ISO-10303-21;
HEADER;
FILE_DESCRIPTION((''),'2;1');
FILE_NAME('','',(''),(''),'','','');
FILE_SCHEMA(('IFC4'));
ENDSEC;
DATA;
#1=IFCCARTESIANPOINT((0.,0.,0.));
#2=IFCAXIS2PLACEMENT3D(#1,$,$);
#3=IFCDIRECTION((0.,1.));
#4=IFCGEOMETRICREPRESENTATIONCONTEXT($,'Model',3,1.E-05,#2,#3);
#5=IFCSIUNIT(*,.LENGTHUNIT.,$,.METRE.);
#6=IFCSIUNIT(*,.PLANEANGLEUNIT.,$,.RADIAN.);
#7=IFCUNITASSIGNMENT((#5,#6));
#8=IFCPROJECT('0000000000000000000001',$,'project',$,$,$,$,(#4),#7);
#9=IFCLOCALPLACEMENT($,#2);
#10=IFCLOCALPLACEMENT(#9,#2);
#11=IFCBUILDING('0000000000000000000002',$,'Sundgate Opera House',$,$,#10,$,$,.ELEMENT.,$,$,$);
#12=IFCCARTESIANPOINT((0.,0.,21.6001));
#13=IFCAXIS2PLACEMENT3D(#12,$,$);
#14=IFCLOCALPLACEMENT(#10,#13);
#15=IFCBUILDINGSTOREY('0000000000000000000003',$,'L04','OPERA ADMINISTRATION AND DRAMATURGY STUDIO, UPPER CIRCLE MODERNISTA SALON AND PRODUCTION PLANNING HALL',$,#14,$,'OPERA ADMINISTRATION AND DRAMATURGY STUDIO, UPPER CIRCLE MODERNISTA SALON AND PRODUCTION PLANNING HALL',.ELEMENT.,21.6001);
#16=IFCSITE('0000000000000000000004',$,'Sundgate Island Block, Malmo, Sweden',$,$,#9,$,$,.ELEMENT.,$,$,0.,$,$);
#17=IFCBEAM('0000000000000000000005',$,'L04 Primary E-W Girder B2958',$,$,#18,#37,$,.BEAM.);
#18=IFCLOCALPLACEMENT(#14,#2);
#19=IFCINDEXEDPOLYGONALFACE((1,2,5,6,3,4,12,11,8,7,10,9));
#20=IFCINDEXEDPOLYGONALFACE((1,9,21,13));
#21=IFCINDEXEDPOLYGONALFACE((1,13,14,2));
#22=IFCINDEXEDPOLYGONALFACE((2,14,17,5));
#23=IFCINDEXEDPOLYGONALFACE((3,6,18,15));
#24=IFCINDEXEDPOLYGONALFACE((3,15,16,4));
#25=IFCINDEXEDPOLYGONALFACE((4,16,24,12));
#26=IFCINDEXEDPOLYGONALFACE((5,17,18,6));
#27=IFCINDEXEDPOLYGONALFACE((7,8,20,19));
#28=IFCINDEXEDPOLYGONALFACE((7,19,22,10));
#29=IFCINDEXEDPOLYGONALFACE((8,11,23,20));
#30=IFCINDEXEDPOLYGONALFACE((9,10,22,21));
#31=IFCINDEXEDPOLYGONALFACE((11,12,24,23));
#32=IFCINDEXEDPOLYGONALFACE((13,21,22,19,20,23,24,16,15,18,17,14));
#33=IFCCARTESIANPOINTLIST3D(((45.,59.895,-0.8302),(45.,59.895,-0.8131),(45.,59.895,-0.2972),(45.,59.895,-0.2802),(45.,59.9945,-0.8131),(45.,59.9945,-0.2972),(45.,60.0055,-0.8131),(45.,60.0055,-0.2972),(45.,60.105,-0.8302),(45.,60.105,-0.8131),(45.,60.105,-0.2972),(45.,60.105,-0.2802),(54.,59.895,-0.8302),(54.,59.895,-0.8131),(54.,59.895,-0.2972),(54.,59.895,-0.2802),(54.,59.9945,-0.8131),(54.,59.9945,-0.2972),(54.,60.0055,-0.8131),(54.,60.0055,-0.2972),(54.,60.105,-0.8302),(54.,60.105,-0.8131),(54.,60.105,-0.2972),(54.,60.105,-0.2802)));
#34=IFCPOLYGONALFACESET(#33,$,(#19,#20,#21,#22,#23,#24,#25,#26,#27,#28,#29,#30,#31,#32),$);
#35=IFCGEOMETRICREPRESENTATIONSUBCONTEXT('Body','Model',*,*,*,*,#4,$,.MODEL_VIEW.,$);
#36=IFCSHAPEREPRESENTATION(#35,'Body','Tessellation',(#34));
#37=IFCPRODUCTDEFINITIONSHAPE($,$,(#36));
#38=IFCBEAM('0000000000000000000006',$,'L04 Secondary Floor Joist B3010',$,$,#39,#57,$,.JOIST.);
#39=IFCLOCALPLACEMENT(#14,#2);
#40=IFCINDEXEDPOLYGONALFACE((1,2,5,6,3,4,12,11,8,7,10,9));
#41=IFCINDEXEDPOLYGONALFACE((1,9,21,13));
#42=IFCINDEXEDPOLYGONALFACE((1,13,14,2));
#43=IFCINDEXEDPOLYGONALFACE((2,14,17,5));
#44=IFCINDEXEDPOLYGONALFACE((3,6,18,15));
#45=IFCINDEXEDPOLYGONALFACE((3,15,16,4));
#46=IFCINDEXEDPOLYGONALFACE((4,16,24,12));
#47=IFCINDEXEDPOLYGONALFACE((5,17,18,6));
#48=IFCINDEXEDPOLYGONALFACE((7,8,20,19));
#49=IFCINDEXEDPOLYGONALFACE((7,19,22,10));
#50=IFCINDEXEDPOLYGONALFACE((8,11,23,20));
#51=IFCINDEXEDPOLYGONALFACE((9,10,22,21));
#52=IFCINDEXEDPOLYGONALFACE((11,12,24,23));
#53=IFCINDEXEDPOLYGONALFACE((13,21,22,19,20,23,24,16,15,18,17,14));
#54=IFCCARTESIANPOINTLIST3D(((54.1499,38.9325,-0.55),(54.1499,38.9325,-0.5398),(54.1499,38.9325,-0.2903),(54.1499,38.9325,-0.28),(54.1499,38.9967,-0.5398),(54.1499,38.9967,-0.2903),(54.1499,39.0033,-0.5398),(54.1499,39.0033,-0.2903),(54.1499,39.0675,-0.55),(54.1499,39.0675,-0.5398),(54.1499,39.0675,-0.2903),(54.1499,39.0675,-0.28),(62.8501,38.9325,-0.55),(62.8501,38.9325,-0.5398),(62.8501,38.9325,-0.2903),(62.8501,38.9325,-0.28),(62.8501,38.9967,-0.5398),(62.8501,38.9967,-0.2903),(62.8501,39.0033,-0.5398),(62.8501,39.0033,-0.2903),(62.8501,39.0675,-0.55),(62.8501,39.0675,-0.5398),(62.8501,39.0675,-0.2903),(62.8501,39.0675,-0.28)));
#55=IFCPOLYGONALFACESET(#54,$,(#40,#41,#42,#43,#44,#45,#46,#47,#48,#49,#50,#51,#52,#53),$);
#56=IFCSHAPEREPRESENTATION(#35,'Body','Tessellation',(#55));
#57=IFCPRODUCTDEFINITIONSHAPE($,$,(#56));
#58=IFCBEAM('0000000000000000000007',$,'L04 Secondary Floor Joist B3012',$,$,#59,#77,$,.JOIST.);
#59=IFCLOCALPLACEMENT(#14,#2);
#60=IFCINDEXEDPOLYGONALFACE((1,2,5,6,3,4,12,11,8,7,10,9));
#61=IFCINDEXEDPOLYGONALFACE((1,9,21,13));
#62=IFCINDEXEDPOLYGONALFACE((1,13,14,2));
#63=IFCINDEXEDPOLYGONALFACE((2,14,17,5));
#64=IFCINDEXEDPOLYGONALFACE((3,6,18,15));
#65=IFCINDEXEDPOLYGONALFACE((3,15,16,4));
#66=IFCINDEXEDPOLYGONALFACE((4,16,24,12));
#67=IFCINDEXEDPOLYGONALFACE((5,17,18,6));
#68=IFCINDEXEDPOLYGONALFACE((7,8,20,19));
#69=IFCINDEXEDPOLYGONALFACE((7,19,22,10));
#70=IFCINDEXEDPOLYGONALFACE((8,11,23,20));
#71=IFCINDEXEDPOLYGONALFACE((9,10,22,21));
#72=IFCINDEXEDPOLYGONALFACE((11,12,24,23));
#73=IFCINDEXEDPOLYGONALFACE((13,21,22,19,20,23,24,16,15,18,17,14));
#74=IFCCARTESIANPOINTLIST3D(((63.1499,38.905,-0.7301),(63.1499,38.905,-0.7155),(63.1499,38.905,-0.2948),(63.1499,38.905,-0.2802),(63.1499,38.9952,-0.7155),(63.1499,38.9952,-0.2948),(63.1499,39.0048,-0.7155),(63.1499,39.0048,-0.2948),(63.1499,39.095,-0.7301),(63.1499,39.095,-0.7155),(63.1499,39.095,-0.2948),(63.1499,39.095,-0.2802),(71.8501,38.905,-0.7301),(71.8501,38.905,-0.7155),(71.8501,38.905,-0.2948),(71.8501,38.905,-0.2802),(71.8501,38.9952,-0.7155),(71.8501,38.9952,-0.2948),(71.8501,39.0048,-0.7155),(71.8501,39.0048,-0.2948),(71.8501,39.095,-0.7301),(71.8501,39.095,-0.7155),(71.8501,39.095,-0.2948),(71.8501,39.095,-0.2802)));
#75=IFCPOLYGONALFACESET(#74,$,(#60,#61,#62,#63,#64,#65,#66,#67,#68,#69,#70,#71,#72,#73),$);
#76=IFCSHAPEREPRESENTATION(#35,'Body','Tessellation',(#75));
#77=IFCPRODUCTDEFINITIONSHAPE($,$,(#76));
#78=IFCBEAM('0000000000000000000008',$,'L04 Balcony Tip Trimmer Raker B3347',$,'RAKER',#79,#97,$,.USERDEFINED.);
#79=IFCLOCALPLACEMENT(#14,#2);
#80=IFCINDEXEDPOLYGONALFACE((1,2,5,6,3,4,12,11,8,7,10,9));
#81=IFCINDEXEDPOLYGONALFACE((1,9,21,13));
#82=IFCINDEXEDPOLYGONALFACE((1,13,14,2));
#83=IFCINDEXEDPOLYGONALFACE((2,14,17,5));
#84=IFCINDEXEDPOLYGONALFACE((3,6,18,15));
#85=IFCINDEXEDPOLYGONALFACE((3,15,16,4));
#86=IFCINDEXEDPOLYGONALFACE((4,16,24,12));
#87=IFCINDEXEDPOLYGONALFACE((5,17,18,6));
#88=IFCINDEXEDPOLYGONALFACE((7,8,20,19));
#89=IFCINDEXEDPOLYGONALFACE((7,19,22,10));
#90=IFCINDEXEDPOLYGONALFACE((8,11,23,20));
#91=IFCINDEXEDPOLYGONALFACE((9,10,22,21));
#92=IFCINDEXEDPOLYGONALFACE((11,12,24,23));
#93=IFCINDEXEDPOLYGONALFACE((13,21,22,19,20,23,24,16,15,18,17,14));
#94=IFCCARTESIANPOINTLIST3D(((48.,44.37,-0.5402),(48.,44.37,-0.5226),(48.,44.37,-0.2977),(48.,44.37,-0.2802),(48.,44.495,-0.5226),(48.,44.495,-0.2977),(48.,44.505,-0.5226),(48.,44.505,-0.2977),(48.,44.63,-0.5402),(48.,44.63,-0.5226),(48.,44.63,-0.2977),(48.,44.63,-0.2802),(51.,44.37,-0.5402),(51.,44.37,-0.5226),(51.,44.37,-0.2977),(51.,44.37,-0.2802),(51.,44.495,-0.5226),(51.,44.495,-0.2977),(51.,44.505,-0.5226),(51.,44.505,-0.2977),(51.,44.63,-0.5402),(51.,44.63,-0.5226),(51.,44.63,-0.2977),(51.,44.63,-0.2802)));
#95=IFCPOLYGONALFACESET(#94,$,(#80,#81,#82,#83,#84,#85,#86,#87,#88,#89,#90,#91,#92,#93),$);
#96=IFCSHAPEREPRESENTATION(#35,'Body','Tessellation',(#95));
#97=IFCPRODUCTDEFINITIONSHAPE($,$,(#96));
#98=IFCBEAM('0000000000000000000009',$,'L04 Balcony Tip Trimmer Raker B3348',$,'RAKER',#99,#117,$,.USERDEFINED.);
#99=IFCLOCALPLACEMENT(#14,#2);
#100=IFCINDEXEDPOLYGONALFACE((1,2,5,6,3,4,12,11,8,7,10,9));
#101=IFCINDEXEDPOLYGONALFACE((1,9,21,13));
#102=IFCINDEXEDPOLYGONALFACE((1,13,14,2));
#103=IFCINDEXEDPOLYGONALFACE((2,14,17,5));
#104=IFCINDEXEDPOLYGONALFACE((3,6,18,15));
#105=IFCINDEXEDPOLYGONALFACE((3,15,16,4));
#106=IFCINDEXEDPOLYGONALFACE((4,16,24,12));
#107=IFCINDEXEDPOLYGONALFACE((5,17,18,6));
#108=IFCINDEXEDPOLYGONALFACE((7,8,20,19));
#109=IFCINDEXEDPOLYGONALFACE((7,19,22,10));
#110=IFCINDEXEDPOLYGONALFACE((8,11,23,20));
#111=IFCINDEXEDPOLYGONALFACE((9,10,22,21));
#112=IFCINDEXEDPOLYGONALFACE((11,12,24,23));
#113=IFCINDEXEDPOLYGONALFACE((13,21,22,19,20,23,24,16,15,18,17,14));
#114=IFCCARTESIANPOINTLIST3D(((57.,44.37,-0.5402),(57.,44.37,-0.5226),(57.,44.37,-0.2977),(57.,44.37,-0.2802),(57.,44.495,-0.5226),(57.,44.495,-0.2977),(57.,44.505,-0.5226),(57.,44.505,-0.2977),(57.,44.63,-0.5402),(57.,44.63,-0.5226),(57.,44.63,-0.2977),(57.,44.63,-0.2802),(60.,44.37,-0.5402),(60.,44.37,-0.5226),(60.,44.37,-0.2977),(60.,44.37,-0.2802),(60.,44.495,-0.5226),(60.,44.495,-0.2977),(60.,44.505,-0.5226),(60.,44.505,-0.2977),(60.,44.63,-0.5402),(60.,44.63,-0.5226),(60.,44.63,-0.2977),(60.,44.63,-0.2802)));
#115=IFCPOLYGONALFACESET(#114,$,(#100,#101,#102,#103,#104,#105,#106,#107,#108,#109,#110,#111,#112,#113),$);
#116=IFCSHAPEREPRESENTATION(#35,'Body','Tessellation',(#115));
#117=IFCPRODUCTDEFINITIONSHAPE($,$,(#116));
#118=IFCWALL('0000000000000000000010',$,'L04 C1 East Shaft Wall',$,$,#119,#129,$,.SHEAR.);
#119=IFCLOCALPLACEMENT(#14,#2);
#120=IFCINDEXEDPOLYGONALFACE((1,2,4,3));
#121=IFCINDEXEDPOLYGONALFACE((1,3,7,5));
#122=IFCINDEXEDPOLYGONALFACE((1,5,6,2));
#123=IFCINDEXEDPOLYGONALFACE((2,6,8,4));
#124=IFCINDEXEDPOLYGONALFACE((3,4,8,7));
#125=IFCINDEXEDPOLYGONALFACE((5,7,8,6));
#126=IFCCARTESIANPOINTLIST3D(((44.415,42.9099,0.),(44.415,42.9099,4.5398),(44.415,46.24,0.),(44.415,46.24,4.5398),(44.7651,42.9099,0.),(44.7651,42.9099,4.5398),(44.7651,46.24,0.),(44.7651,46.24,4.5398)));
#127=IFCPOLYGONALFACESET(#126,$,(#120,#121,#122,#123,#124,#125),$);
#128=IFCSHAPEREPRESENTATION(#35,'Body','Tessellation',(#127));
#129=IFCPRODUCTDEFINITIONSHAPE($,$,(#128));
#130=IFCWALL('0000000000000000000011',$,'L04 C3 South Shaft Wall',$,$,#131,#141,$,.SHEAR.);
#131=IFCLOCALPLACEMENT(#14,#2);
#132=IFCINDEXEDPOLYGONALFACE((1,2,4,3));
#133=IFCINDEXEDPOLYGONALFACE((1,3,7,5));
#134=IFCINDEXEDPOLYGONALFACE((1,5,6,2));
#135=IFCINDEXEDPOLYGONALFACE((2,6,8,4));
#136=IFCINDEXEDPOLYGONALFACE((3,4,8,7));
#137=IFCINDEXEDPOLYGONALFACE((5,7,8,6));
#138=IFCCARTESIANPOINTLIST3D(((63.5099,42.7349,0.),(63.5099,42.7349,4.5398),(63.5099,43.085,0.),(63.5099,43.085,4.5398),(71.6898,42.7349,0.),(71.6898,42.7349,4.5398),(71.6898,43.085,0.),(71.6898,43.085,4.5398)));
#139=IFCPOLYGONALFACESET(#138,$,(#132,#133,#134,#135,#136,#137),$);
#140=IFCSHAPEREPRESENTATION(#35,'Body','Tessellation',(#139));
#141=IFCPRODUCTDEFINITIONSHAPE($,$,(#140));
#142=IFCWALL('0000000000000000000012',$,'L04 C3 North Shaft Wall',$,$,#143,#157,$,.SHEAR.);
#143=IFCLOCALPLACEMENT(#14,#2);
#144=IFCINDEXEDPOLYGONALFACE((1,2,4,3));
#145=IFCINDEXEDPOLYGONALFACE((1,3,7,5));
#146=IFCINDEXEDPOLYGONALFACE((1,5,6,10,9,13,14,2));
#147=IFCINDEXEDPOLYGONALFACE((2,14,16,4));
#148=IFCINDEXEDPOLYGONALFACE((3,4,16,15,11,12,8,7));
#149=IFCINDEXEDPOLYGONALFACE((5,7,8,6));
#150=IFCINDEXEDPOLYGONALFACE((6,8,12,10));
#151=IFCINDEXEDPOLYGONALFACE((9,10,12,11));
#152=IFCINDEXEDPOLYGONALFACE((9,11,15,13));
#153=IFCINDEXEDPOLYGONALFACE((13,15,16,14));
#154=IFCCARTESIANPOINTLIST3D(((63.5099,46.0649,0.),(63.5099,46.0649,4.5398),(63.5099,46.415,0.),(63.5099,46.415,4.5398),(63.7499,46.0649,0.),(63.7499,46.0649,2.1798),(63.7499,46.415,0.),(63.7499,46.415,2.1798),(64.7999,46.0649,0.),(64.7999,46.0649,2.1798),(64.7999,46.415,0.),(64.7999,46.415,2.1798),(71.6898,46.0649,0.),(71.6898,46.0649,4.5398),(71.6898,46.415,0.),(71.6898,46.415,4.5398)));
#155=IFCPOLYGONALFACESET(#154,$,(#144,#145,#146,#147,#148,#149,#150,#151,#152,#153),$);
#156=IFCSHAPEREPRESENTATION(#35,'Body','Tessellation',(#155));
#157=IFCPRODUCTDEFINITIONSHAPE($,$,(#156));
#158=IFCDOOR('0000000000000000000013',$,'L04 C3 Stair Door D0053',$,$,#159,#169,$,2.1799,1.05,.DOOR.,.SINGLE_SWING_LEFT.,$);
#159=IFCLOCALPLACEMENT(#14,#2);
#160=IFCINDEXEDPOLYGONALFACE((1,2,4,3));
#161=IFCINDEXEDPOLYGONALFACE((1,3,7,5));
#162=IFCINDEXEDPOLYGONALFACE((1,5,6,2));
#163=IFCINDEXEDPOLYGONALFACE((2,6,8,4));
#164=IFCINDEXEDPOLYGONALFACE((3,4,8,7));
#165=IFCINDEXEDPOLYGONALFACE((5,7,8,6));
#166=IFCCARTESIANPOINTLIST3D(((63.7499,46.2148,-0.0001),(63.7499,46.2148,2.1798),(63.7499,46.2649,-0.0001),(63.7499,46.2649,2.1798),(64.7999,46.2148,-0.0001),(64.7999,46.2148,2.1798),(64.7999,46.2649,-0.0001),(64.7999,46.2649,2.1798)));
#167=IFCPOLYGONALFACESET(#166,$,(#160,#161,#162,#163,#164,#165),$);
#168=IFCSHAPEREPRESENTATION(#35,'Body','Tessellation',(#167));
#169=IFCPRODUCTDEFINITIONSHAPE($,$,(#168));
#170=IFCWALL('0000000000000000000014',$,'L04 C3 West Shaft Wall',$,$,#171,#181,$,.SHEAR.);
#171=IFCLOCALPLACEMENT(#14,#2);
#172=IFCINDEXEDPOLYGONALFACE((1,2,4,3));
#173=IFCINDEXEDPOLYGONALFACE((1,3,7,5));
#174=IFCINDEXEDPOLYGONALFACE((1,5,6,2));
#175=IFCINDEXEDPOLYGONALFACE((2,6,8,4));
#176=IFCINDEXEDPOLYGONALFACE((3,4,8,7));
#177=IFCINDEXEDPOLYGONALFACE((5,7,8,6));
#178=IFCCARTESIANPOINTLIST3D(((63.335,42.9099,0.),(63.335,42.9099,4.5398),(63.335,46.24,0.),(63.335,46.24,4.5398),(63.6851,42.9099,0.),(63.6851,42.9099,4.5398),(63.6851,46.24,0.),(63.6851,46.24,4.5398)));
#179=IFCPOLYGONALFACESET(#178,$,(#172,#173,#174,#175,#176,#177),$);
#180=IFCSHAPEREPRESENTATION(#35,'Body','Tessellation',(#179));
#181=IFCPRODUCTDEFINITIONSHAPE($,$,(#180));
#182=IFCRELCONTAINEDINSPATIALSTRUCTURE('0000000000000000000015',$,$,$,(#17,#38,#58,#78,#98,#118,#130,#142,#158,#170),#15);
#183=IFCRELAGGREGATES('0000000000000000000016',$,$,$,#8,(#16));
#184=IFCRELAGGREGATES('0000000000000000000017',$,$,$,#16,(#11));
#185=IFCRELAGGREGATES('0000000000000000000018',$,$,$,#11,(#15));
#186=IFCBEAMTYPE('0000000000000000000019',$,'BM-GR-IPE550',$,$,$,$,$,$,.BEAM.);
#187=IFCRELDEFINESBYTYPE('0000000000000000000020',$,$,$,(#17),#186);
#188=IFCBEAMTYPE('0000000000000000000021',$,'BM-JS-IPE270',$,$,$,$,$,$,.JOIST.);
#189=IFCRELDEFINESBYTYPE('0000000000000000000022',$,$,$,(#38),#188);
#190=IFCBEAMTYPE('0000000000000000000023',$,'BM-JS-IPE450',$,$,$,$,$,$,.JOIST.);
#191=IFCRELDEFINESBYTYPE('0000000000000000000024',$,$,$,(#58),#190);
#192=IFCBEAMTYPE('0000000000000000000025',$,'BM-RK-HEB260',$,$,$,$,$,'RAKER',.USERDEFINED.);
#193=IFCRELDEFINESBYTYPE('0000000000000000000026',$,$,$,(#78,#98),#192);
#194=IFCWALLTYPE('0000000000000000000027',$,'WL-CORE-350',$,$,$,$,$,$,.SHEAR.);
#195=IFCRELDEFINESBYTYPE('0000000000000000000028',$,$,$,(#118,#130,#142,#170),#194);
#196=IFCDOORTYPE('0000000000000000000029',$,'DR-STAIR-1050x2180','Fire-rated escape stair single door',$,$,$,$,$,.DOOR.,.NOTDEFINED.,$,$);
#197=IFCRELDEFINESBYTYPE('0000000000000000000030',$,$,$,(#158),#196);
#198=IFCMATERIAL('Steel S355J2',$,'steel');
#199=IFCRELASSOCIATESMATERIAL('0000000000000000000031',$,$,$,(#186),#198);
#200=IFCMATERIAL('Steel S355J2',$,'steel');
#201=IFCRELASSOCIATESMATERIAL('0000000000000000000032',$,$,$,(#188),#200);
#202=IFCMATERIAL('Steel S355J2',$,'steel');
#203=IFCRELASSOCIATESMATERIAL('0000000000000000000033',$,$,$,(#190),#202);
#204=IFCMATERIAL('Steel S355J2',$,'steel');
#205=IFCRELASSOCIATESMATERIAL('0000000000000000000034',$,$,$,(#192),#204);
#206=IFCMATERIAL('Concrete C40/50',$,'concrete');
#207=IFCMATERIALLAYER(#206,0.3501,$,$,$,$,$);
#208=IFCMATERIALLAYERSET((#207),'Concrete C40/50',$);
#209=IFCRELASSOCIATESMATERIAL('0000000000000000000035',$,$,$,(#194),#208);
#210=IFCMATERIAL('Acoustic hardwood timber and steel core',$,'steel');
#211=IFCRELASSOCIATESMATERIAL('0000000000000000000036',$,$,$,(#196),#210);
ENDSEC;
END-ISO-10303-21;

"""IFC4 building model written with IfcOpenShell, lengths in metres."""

from ifc_helpers import new_model, si_unit, direction, frame, frame_2d, origin, origin_2d, place, context, subcontext, project, spatial, rectangle, i_section, extrude, material, layer, layer_set, material_profile, profile_set, type_object, element, fill, save


model = new_model("IFC4")

# Units and contexts
model_context = context("Model", 3, precision=1e-05, world=origin(), true_north=direction((0.0, 1.0)))
body_context = subcontext(model_context, "Body", "Model", "MODEL_VIEW")
ifc_project = project(units=[si_unit("LENGTHUNIT", "METRE"), si_unit("PLANEANGLEUNIT", "RADIAN")], contexts=[model_context])

# Site, building, storey
site_placement = place(None, origin())
site = spatial("IfcSite", under=ifc_project, at=site_placement, Name="Sundgate Island Block, Malmo, Sweden", CompositionType="ELEMENT", RefElevation=0.0)
building_placement = place(site_placement, origin())
building = spatial("IfcBuilding", under=site, at=building_placement, Name="Sundgate Opera House", CompositionType="ELEMENT")
storey_placement = place(building_placement, frame((0.0, 0.0, 21.6001)))
storey = spatial("IfcBuildingStorey", under=building, at=storey_placement, Name="L04", Description="OPERA ADMINISTRATION AND DRAMATURGY STUDIO, UPPER CIRCLE MODERNISTA SALON AND PRODUCTION PLANNING HALL", LongName="OPERA ADMINISTRATION AND DRAMATURGY STUDIO, UPPER CIRCLE MODERNISTA SALON AND PRODUCTION PLANNING HALL", CompositionType="ELEMENT", Elevation=21.6001)

# Beams
ifc_material_1 = material(Name="Steel S355J2", Category="steel")
ifc_material_profile_1 = material_profile(ifc_material_1, i_section(OverallWidth=0.21, OverallDepth=0.55, WebThickness=0.011, FlangeThickness=0.0171, at=origin_2d()), Name="IPE 550")
ifc_profile_set_1 = profile_set([ifc_material_profile_1], Name="Steel S355J2")
beam_type_1 = type_object("IfcBeamType", Name="BM-GR-IPE550", PredefinedType="BEAM", material=ifc_profile_set_1)
beam_1_placement = place(storey_placement, frame((45.0, 60.0, -0.5552), z_axis=(1.0, 0.0, 0.0), x_axis=(0.0, 1.0, 0.0)))
element("IfcBeam", 1, at=beam_1_placement, inside=storey, type_object=beam_type_1, Name="L04 Primary E-W Girder B2958", PredefinedType="BEAM", context=body_context, shape_type="SweptSolid", body=[
    extrude(i_section(OverallWidth=0.21, OverallDepth=0.55, WebThickness=0.011, FlangeThickness=0.0171, at=origin_2d()), origin(), (0.0, 0.0, 1.0), 9.0),
])
ifc_material_2 = material(Name="Steel S355J2", Category="steel")
ifc_material_profile_2 = material_profile(ifc_material_2, i_section(OverallWidth=0.135, OverallDepth=0.27, WebThickness=0.0066, FlangeThickness=0.0103, at=origin_2d()), Name="IPE 270")
ifc_profile_set_2 = profile_set([ifc_material_profile_2], Name="Steel S355J2")
beam_type_2 = type_object("IfcBeamType", Name="BM-JS-IPE270", PredefinedType="JOIST", material=ifc_profile_set_2)
beam_2_placement = place(storey_placement, frame((54.1499, 39.0, -0.415), z_axis=(1.0, 0.0, 0.0), x_axis=(0.0, 1.0, 0.0)))
element("IfcBeam", 2, at=beam_2_placement, inside=storey, type_object=beam_type_2, Name="L04 Secondary Floor Joist B3010", PredefinedType="JOIST", context=body_context, shape_type="SweptSolid", body=[
    extrude(i_section(OverallWidth=0.135, OverallDepth=0.27, WebThickness=0.0066, FlangeThickness=0.0103, at=origin_2d()), origin(), (0.0, 0.0, 1.0), 8.7002),
])
ifc_material_3 = material(Name="Steel S355J2", Category="steel")
ifc_material_profile_3 = material_profile(ifc_material_3, i_section(OverallWidth=0.1899, OverallDepth=0.45, WebThickness=0.0095, FlangeThickness=0.0146, at=origin_2d()), Name="IPE 450")
ifc_profile_set_3 = profile_set([ifc_material_profile_3], Name="Steel S355J2")
beam_type_3 = type_object("IfcBeamType", Name="BM-JS-IPE450", PredefinedType="JOIST", material=ifc_profile_set_3)
beam_3_placement = place(storey_placement, frame((63.1499, 39.0, -0.5051), z_axis=(1.0, 0.0, 0.0), x_axis=(0.0, 1.0, 0.0)))
element("IfcBeam", 3, at=beam_3_placement, inside=storey, type_object=beam_type_3, Name="L04 Secondary Floor Joist B3012", PredefinedType="JOIST", context=body_context, shape_type="SweptSolid", body=[
    extrude(i_section(OverallWidth=0.1899, OverallDepth=0.45, WebThickness=0.0095, FlangeThickness=0.0146, at=origin_2d()), origin(), (0.0, 0.0, 1.0), 8.7002),
])
ifc_material_4 = material(Name="Steel S355J2", Category="steel")
ifc_material_profile_4 = material_profile(ifc_material_4, i_section(OverallWidth=0.26, OverallDepth=0.26, WebThickness=0.01, FlangeThickness=0.0176, at=origin_2d()), Name="HEB 260")
ifc_profile_set_4 = profile_set([ifc_material_profile_4], Name="Steel S355J2")
beam_type_4 = type_object("IfcBeamType", Name="BM-RK-HEB260", ElementType="RAKER", PredefinedType="USERDEFINED", material=ifc_profile_set_4)
for number, where, z_axis, x_axis, name in (
    (4, (48.0, 44.5, -0.4102), (1.0, 0.0, 0.0), (0.0, 1.0, 0.0), "L04 Balcony Tip Trimmer Raker B3347"),
    (5, (57.0, 44.5, -0.4102), (1.0, 0.0, 0.0), (0.0, 1.0, 0.0), "L04 Balcony Tip Trimmer Raker B3348"),
):
    element("IfcBeam", number, at=place(storey_placement, frame(where, z_axis=z_axis, x_axis=x_axis)), inside=storey, type_object=beam_type_4, Name=name, ObjectType="RAKER", PredefinedType="USERDEFINED", context=body_context, shape_type="SweptSolid", body=[
        extrude(i_section(OverallWidth=0.26, OverallDepth=0.26, WebThickness=0.01, FlangeThickness=0.0176, at=origin_2d()), origin(), (0.0, 0.0, 1.0), 3.0),
    ])

# Walls
ifc_material_5 = material(Name="Concrete C40/50", Category="concrete")
ifc_layer_1 = layer(ifc_material_5, 0.3501)
ifc_layer_set_1 = layer_set([ifc_layer_1], Name="Concrete C40/50")
wall_type_1 = type_object("IfcWallType", Name="WL-CORE-350", PredefinedType="SHEAR", material=ifc_layer_set_1)
wall_1_placement = place(storey_placement, frame((44.5901, 42.9099, 0.0), z_axis=(0.0, 0.0, 1.0), x_axis=(0.0, 1.0, 0.0)))
element("IfcWall", 6, at=wall_1_placement, inside=storey, type_object=wall_type_1, Name="L04 C1 East Shaft Wall", PredefinedType="SHEAR", context=body_context, shape_type="SweptSolid", body=[
    extrude(rectangle(XDim=3.3301, YDim=0.3501, at=frame_2d((1.665, 0.0))), origin(), (0.0, 0.0, 1.0), 4.5398),
])
wall_2_placement = place(storey_placement, frame((63.51, 42.9099, 0.0), z_axis=(0.0, 0.0, 1.0), x_axis=(1.0, 0.0, 0.0)))
element("IfcWall", 7, at=wall_2_placement, inside=storey, type_object=wall_type_1, Name="L04 C3 South Shaft Wall", PredefinedType="SHEAR", context=body_context, shape_type="SweptSolid", body=[
    extrude(rectangle(XDim=8.1799, YDim=0.3501, at=frame_2d((4.0898, 0.0))), origin(), (0.0, 0.0, 1.0), 4.5398),
])

# Wall, opening, door
wall_3_placement = place(storey_placement, frame((63.51, 46.24, 0.0), z_axis=(0.0, 0.0, 1.0), x_axis=(1.0, 0.0, 0.0)))
wall_3 = element("IfcWall", 8, at=wall_3_placement, inside=storey, type_object=wall_type_1, Name="L04 C3 North Shaft Wall", PredefinedType="SHEAR", context=body_context, shape_type="SweptSolid", body=[
    extrude(rectangle(XDim=8.1799, YDim=0.3501, at=frame_2d((4.0898, 0.0))), origin(), (0.0, 0.0, 1.0), 4.5398),
])
opening_1_placement = place(wall_3_placement, frame((0.24, 0.0, 0.0)))
opening_1 = element("IfcOpeningElement", 9, at=opening_1_placement, cuts=wall_3, PredefinedType="OPENING", context=body_context, shape_type="SweptSolid", body=[
    extrude(rectangle(XDim=1.05, YDim=2.1799, at=frame_2d((0.5249, 1.0898))), frame((0.0, 0.1851, 0.0), z_axis=(0.0, -1.0, 0.0), x_axis=(1.0, 0.0, 0.0)), (0.0, 0.0, 1.0), 0.3701),
])
ifc_material_6 = material(Name="Acoustic hardwood timber and steel core", Category="steel")
door_type_1 = type_object("IfcDoorType", Name="DR-STAIR-1050x2180", Description="Fire-rated escape stair single door", OperationType="NOTDEFINED", PredefinedType="DOOR", material=ifc_material_6)
door_1_placement = place(opening_1_placement, origin())
door_1 = element("IfcDoor", 10, at=door_1_placement, inside=storey, type_object=door_type_1, Name="L04 C3 Stair Door D0053", OperationType="SINGLE_SWING_LEFT", OverallHeight=2.1799, OverallWidth=1.05, PredefinedType="DOOR", context=body_context, shape_type="SweptSolid", body=[
    extrude(rectangle(XDim=1.05, YDim=2.1799, at=frame_2d((0.5249, 1.0898))), frame((0.0, 0.0249, 0.0), z_axis=(0.0, -1.0, 0.0), x_axis=(1.0, 0.0, 0.0)), (0.0, 0.0, 1.0), 0.05),
])
fill(opening_1, door_1)

# Wall
wall_4_placement = place(storey_placement, frame((63.51, 42.9099, 0.0), z_axis=(0.0, 0.0, 1.0), x_axis=(0.0, 1.0, 0.0)))
element("IfcWall", 11, at=wall_4_placement, inside=storey, type_object=wall_type_1, Name="L04 C3 West Shaft Wall", PredefinedType="SHEAR", context=body_context, shape_type="SweptSolid", body=[
    extrude(rectangle(XDim=3.3301, YDim=0.3501, at=frame_2d((1.665, 0.0))), origin(), (0.0, 0.0, 1.0), 4.5398),
])

save(model, "model.ifc")
